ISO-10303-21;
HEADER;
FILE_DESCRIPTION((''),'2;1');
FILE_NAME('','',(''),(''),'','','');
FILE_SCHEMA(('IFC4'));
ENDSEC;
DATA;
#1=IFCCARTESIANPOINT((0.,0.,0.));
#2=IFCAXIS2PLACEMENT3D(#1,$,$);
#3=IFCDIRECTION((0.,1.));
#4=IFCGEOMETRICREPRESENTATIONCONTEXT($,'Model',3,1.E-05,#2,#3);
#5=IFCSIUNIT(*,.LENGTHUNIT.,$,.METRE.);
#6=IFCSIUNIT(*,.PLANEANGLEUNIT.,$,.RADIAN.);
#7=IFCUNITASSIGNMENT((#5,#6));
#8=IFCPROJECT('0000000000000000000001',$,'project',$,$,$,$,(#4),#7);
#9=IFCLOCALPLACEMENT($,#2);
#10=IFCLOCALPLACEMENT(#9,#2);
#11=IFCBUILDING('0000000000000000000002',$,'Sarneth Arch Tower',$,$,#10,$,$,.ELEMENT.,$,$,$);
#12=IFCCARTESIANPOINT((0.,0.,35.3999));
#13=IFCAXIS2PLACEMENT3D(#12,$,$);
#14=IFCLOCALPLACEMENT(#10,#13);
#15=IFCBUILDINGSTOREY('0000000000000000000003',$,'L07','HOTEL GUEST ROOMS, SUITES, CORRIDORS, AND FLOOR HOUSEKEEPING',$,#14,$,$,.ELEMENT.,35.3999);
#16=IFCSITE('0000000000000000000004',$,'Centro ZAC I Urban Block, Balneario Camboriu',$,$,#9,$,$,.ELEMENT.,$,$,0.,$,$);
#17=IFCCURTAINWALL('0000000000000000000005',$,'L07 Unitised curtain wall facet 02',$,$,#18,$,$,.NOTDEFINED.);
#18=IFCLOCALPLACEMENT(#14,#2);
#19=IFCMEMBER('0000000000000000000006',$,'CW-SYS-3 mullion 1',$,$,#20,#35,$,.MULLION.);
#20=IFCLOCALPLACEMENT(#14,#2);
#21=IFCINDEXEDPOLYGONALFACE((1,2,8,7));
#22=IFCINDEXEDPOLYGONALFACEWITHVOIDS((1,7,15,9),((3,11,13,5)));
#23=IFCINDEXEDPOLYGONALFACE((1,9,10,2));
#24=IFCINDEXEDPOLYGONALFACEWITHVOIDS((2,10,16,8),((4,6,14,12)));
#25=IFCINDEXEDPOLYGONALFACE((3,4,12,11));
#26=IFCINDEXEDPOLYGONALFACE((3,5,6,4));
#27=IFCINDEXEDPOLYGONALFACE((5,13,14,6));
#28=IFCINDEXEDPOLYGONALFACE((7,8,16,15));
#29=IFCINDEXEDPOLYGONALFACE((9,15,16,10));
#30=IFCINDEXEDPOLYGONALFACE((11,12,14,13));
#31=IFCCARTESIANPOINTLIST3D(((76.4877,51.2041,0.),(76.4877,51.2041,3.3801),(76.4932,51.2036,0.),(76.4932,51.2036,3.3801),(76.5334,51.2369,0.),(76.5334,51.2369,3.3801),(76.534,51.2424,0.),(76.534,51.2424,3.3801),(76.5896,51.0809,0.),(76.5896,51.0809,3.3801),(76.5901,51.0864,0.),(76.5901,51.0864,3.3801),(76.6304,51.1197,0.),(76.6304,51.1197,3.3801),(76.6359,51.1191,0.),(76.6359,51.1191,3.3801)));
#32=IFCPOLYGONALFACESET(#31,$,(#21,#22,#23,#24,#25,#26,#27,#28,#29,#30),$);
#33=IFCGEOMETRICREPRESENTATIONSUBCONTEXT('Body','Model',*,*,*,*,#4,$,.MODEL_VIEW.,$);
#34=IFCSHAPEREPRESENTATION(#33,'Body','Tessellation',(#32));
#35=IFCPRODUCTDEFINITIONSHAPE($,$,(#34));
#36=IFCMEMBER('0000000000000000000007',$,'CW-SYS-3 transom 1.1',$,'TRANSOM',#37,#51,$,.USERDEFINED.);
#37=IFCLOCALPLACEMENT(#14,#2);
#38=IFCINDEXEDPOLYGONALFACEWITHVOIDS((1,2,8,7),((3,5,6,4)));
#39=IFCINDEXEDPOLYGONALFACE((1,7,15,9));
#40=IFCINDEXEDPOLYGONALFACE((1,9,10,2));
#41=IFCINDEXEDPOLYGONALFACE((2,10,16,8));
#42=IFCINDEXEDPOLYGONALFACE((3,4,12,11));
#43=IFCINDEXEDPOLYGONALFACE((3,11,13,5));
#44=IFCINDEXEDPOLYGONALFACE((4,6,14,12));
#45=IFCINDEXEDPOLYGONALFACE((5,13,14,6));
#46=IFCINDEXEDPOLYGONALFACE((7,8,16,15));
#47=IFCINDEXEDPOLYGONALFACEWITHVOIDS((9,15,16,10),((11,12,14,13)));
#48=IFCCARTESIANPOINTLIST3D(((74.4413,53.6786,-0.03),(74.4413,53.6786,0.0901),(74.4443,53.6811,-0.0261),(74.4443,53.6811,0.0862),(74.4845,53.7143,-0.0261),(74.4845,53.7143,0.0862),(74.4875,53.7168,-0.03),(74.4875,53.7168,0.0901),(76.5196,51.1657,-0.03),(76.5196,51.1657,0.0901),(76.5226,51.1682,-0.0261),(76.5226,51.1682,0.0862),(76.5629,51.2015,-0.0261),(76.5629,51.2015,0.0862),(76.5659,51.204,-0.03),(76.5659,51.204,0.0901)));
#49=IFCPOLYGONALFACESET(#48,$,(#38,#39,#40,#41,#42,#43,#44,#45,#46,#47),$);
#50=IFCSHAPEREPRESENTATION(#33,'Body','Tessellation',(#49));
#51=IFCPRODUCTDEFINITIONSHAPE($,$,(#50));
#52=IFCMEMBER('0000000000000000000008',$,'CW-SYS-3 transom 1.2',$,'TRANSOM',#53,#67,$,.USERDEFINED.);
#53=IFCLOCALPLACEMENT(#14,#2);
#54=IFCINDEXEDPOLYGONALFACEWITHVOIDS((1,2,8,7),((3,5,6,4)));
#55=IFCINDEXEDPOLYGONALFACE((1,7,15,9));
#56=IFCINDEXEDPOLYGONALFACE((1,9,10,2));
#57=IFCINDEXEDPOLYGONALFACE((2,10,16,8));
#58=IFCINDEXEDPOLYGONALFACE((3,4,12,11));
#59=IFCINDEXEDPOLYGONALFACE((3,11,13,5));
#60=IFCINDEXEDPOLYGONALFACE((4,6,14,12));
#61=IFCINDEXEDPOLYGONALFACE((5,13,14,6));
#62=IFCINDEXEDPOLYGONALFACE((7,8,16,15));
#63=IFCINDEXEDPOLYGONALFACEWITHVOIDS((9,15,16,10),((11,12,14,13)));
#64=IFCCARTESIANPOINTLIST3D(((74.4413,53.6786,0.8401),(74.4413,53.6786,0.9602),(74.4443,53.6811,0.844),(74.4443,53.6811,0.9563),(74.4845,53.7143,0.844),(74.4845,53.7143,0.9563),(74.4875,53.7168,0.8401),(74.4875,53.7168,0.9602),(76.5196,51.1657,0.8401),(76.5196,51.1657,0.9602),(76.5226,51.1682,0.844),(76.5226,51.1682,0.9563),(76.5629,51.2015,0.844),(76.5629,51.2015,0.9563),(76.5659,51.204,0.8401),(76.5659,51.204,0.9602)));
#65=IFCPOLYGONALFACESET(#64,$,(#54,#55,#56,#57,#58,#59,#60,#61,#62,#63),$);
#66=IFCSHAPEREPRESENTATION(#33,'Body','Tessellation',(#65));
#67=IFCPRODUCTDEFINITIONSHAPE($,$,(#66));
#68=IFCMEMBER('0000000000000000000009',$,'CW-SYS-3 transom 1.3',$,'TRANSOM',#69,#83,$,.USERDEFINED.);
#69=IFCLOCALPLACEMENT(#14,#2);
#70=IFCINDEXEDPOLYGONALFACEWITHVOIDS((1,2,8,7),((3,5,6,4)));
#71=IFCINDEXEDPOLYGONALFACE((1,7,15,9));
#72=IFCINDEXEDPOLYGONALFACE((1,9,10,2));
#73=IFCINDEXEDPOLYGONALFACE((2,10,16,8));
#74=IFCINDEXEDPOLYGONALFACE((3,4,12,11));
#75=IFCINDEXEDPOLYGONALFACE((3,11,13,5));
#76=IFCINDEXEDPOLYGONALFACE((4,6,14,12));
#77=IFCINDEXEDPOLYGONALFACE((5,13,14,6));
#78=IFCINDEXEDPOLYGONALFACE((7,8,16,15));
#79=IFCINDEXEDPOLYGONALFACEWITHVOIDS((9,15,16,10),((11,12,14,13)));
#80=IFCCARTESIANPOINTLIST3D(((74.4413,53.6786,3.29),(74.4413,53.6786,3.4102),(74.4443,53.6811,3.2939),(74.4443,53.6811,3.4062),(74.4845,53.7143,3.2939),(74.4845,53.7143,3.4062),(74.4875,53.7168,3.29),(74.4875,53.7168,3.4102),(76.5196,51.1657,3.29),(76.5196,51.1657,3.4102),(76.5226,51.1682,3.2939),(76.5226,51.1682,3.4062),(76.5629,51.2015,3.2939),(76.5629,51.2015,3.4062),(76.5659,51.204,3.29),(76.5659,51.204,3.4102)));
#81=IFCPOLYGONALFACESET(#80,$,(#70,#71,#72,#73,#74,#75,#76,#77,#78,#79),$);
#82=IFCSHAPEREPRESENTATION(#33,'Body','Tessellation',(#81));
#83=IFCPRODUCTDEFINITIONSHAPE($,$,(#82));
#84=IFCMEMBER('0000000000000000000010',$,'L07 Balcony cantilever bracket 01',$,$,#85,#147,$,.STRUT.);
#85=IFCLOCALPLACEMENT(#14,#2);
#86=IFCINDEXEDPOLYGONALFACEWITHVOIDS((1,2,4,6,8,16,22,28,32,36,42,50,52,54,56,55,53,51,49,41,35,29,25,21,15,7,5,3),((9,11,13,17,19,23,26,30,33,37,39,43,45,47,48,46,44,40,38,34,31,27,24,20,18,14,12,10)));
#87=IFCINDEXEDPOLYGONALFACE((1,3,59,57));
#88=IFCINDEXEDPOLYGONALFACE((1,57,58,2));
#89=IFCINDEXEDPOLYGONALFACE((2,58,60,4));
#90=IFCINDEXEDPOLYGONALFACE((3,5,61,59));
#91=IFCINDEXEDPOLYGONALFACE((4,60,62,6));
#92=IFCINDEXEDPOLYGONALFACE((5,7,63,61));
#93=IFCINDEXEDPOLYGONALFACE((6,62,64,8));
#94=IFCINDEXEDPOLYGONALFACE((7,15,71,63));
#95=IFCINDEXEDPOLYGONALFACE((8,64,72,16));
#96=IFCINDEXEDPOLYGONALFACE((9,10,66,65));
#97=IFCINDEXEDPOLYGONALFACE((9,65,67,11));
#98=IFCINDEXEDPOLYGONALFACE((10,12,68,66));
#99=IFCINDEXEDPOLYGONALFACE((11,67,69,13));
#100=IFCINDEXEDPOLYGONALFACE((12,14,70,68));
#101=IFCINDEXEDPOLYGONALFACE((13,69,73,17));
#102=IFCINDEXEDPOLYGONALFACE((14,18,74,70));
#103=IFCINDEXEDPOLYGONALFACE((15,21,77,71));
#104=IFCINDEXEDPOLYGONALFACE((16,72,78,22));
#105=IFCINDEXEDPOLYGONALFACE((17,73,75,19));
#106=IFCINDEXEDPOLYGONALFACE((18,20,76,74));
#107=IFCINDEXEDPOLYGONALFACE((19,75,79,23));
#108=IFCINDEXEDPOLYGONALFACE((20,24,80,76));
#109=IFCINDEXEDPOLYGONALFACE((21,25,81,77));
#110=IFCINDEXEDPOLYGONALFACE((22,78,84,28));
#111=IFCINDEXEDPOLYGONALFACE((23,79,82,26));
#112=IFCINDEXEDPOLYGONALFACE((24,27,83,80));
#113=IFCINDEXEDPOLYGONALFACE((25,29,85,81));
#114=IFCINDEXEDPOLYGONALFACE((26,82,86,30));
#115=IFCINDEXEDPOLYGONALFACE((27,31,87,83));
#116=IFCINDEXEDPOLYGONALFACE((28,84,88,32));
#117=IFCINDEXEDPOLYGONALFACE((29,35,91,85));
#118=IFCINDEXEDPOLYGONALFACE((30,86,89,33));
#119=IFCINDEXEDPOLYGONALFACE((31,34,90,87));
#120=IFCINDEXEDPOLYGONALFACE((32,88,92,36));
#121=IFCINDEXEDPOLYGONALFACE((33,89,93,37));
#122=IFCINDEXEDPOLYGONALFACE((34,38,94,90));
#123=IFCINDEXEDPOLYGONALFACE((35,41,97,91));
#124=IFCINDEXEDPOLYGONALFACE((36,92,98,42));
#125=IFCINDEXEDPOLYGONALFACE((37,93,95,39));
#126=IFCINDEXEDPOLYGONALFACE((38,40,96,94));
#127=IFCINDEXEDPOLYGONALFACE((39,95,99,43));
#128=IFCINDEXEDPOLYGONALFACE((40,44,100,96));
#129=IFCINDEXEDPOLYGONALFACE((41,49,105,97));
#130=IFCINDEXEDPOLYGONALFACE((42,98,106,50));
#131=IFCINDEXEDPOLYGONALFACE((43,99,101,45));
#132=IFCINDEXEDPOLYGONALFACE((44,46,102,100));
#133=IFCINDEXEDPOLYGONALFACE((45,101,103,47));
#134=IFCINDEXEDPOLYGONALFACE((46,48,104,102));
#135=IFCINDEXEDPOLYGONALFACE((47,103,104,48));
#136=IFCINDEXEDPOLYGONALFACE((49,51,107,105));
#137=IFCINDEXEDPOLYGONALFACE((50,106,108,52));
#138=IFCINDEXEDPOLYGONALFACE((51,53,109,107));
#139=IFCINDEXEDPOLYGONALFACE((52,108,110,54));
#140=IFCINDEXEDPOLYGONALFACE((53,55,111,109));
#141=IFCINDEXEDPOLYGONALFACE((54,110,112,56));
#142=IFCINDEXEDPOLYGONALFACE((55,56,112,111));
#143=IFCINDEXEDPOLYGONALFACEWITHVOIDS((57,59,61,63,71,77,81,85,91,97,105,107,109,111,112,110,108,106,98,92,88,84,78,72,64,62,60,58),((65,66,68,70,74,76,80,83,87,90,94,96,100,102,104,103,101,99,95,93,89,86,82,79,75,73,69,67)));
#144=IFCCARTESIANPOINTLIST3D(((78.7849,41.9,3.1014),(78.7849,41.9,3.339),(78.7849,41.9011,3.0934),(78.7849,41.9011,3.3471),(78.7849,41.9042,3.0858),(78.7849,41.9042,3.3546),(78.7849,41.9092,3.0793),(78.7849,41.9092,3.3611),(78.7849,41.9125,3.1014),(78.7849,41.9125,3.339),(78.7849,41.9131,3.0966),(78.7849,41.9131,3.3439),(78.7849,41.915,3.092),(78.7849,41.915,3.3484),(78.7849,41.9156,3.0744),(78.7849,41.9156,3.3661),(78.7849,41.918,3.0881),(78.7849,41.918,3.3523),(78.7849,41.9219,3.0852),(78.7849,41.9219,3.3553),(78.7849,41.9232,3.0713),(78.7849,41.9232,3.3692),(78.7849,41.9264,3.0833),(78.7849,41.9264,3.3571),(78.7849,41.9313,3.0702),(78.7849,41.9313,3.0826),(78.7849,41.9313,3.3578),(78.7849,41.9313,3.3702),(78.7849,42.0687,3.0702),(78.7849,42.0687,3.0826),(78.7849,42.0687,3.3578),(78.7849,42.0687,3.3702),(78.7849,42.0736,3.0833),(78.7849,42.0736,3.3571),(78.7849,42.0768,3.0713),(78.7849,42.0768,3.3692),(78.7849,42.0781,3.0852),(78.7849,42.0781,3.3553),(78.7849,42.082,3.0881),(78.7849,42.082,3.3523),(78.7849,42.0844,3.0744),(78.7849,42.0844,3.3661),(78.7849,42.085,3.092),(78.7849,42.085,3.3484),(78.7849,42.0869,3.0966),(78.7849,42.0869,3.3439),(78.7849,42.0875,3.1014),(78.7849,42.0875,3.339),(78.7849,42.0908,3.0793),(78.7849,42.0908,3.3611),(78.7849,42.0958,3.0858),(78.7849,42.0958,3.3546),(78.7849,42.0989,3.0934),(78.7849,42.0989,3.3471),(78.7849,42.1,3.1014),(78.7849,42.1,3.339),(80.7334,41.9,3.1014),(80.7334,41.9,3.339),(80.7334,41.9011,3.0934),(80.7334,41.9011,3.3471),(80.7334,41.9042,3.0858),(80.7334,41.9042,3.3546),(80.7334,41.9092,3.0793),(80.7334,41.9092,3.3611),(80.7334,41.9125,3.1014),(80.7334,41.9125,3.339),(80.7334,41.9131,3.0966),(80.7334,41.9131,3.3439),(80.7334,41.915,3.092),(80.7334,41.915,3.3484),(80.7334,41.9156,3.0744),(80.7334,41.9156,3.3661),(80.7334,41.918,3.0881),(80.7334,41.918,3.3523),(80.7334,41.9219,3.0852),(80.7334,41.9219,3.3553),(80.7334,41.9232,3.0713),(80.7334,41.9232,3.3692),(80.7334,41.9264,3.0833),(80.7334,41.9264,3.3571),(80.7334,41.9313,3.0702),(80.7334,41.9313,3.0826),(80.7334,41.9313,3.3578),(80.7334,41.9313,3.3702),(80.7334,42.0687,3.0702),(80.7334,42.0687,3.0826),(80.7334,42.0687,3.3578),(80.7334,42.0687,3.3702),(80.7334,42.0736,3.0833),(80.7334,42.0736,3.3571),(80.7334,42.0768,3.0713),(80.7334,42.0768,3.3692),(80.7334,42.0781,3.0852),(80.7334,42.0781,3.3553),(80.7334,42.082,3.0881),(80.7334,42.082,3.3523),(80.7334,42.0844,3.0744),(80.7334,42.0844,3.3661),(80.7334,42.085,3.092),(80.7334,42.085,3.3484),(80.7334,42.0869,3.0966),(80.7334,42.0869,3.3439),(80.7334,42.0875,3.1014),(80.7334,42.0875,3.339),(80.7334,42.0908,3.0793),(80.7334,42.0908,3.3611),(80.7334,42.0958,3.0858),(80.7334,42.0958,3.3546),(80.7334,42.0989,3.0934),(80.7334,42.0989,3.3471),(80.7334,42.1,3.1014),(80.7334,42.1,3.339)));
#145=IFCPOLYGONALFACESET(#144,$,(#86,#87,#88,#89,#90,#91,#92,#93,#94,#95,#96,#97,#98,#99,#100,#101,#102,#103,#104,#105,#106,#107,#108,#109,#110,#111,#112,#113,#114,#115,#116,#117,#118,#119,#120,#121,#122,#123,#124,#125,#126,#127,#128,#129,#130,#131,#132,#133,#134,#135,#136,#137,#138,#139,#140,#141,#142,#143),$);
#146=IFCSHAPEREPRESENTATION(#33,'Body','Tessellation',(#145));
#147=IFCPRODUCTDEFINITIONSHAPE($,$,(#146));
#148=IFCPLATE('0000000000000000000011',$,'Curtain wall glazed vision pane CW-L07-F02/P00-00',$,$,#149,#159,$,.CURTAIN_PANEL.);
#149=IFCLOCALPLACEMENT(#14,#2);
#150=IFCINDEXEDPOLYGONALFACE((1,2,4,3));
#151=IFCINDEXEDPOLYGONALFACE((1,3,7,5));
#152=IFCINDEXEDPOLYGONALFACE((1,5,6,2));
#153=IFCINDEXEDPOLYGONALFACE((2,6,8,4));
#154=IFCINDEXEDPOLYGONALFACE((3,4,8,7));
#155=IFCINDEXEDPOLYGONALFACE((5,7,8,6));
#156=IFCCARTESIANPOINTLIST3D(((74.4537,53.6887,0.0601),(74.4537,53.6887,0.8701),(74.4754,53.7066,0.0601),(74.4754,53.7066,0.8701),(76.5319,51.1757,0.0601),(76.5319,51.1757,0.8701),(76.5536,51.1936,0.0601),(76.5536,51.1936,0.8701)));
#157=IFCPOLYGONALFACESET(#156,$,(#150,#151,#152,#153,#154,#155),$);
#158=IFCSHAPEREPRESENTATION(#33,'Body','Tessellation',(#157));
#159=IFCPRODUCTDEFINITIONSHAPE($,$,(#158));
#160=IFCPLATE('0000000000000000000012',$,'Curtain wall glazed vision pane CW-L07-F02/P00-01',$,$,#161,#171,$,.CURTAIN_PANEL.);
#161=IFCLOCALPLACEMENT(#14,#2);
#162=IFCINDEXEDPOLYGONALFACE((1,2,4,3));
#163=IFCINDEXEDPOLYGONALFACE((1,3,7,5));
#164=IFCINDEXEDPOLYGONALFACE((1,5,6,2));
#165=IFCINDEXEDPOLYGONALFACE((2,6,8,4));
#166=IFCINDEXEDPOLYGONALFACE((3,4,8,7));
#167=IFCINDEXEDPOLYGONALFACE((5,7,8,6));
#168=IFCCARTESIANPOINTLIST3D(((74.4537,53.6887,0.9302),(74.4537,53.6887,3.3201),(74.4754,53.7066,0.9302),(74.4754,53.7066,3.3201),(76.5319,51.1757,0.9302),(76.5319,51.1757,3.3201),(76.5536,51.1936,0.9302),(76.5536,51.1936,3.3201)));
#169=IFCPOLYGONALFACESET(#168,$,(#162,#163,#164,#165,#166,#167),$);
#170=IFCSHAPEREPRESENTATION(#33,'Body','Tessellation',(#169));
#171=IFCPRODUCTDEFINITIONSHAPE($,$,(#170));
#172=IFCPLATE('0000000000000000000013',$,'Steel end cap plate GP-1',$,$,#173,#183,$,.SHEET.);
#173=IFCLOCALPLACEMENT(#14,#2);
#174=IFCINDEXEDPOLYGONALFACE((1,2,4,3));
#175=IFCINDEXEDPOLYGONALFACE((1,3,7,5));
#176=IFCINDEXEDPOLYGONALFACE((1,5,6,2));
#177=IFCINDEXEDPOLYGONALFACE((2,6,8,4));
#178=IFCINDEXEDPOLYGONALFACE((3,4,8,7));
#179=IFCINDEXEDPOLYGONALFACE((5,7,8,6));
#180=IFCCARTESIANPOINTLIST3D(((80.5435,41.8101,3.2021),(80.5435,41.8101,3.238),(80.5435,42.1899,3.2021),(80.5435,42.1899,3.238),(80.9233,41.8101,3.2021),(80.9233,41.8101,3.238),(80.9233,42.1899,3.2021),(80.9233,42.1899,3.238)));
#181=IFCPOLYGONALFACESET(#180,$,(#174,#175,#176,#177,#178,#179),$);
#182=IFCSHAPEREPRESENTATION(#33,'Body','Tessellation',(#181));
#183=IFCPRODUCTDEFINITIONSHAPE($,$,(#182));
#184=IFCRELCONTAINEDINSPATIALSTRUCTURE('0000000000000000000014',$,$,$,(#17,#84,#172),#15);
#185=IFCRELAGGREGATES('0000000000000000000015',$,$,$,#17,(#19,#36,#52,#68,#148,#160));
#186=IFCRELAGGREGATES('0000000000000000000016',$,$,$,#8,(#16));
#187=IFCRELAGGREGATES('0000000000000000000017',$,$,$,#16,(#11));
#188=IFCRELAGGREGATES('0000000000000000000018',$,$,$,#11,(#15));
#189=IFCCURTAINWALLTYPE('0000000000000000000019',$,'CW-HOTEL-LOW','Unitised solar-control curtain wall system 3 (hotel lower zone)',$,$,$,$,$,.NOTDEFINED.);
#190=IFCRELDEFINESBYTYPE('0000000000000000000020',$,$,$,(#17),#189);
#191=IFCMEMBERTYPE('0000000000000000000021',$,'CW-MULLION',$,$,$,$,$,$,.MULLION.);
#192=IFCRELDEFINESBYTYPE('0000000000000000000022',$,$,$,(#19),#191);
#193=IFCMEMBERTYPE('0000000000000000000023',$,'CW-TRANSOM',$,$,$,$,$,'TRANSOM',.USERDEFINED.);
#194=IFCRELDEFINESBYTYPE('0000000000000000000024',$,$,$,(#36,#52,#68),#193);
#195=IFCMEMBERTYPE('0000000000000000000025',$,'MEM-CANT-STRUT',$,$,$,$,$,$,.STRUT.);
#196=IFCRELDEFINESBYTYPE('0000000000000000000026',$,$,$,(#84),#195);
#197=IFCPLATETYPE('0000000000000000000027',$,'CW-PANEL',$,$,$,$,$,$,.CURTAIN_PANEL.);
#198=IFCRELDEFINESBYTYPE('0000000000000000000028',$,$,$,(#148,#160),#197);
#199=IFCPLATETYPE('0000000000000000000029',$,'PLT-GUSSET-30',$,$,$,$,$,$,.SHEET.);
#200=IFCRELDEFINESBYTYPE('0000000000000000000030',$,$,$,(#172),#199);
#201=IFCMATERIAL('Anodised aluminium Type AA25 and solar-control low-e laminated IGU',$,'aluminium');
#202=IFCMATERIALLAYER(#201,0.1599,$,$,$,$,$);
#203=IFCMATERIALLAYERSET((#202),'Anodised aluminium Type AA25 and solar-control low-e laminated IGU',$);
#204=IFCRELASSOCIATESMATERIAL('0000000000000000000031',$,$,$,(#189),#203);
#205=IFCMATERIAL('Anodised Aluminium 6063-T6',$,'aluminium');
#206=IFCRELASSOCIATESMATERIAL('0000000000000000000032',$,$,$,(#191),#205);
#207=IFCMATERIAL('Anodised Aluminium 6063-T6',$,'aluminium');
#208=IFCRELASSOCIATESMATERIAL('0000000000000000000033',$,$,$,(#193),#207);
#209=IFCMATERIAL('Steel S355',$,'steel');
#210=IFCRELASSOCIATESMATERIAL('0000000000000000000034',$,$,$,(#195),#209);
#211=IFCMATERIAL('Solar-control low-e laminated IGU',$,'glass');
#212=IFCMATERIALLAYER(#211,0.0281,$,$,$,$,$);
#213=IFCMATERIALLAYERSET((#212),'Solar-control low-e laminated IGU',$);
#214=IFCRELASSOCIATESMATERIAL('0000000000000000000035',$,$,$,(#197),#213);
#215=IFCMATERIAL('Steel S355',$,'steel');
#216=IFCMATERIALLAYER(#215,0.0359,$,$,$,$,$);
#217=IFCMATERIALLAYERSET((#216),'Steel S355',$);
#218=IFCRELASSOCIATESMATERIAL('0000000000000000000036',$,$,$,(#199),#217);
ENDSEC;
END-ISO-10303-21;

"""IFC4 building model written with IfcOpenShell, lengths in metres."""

from ifc_helpers import new_model, si_unit, direction, frame, origin, origin_2d, place, context, subcontext, project, spatial, rectangle, hollow_rectangle, extrude, material, layer, layer_set, material_profile, profile_set, type_object, element, aggregate, save


model = new_model("IFC4")

# Units and contexts
model_context = context("Model", 3, precision=1e-05, world=origin(), true_north=direction((0.0, 1.0)))
body_context = subcontext(model_context, "Body", "Model", "MODEL_VIEW")
ifc_project = project(units=[si_unit("LENGTHUNIT", "METRE"), si_unit("PLANEANGLEUNIT", "RADIAN")], contexts=[model_context])

# Site, building, storey
site_placement = place(None, origin())
site = spatial("IfcSite", under=ifc_project, at=site_placement, Name="Centro ZAC I Urban Block, Balneario Camboriu", CompositionType="ELEMENT", RefElevation=0.0)
building_placement = place(site_placement, origin())
building = spatial("IfcBuilding", under=site, at=building_placement, Name="Sarneth Arch Tower", CompositionType="ELEMENT")
storey_placement = place(building_placement, frame((0.0, 0.0, 35.3999)))
storey = spatial("IfcBuildingStorey", under=building, at=storey_placement, Name="L07", Description="HOTEL GUEST ROOMS, SUITES, CORRIDORS, AND FLOOR HOUSEKEEPING", CompositionType="ELEMENT", Elevation=35.3999)

# Curtain wall, members
ifc_material_1 = material(Name="Anodised aluminium Type AA25 and solar-control low-e laminated IGU", Category="aluminium")
ifc_layer_1 = layer(ifc_material_1, 0.1599)
ifc_layer_set_1 = layer_set([ifc_layer_1], Name="Anodised aluminium Type AA25 and solar-control low-e laminated IGU")
curtain_wall_type = type_object("IfcCurtainWallType", Name="CW-HOTEL-LOW", Description="Unitised solar-control curtain wall system 3 (hotel lower zone)", PredefinedType="NOTDEFINED", material=ifc_layer_set_1)
curtain_wall_placement = place(storey_placement, origin())
curtain_wall = element("IfcCurtainWall", 1, at=curtain_wall_placement, inside=storey, type_object=curtain_wall_type, Name="L07 Unitised curtain wall facet 02", PredefinedType="NOTDEFINED")
ifc_material_2 = material(Name="Anodised Aluminium 6063-T6", Category="aluminium")
ifc_material_profile_1 = material_profile(ifc_material_2, hollow_rectangle(XDim=0.0601, YDim=0.1599, WallThickness=0.0039, at=origin_2d()), Name="AL-MULL-160x60x4")
ifc_profile_set_1 = profile_set([ifc_material_profile_1], Name="Anodised Aluminium 6063-T6")
member_type_1 = type_object("IfcMemberType", Name="CW-MULLION", PredefinedType="MULLION", material=ifc_profile_set_1)
member_1_placement = place(storey_placement, frame((76.5618, 51.1616, 0.0), z_axis=(0.0, 0.0, 1.0), x_axis=(-0.770623, -0.637291, 0.0)))
member_1 = element("IfcMember", 2, at=member_1_placement, type_object=member_type_1, Name="CW-SYS-3 mullion 1", PredefinedType="MULLION", context=body_context, shape_type="SweptSolid", body=[
    extrude(hollow_rectangle(XDim=0.0601, YDim=0.1599, WallThickness=0.0039, at=origin_2d()), origin(), (0.0, 0.0, 1.0), 3.3801),
])
ifc_material_3 = material(Name="Anodised Aluminium 6063-T6", Category="aluminium")
ifc_material_profile_2 = material_profile(ifc_material_3, hollow_rectangle(XDim=0.0601, YDim=0.1201, WallThickness=0.0039, at=origin_2d()), Name="AL-TRAN-120x60x4")
ifc_profile_set_2 = profile_set([ifc_material_profile_2], Name="Anodised Aluminium 6063-T6")
member_type_2 = type_object("IfcMemberType", Name="CW-TRANSOM", ElementType="TRANSOM", PredefinedType="USERDEFINED", material=ifc_profile_set_2)
member_2_placement = place(storey_placement, frame((76.5427, 51.1848, 0.03), z_axis=(-0.63733, 0.770591, 0.0), x_axis=(-0.770591, -0.63733, 0.0)))
member_2 = element("IfcMember", 3, at=member_2_placement, type_object=member_type_2, Name="CW-SYS-3 transom 1.1", ObjectType="TRANSOM", PredefinedType="USERDEFINED", context=body_context, shape_type="SweptSolid", body=[
    extrude(hollow_rectangle(XDim=0.0601, YDim=0.1201, WallThickness=0.0039, at=origin_2d()), origin(), (0.0, 0.0, 1.0), 3.261),
])
member_3_placement = place(storey_placement, frame((76.5427, 51.1848, 0.9001), z_axis=(-0.63733, 0.770591, 0.0), x_axis=(-0.770591, -0.63733, 0.0)))
member_3 = element("IfcMember", 4, at=member_3_placement, type_object=member_type_2, Name="CW-SYS-3 transom 1.2", ObjectType="TRANSOM", PredefinedType="USERDEFINED", context=body_context, shape_type="SweptSolid", body=[
    extrude(hollow_rectangle(XDim=0.0601, YDim=0.1201, WallThickness=0.0039, at=origin_2d()), origin(), (0.0, 0.0, 1.0), 3.261),
])
member_4_placement = place(storey_placement, frame((76.5427, 51.1848, 3.3501), z_axis=(-0.63733, 0.770591, 0.0), x_axis=(-0.770591, -0.63733, 0.0)))
member_4 = element("IfcMember", 5, at=member_4_placement, type_object=member_type_2, Name="CW-SYS-3 transom 1.3", ObjectType="TRANSOM", PredefinedType="USERDEFINED", context=body_context, shape_type="SweptSolid", body=[
    extrude(hollow_rectangle(XDim=0.0601, YDim=0.1201, WallThickness=0.0039, at=origin_2d()), origin(), (0.0, 0.0, 1.0), 3.261),
])

# Member
ifc_material_4 = material(Name="Steel S355", Category="steel")
ifc_material_profile_3 = material_profile(ifc_material_4, hollow_rectangle(XDim=0.2, YDim=0.3, WallThickness=0.0125, InnerFilletRadius=0.0188, OuterFilletRadius=0.0312, at=origin_2d()), Name="RHS300x200x12.5")
ifc_profile_set_3 = profile_set([ifc_material_profile_3], Name="Steel S355")
member_type_3 = type_object("IfcMemberType", Name="MEM-CANT-STRUT", PredefinedType="STRUT", material=ifc_profile_set_3)
member_5_placement = place(storey_placement, frame((78.7849, 42.0, 3.2202), z_axis=(1.0, 0.0, 0.0), x_axis=(0.0, 1.0, 0.0)))
element("IfcMember", 6, at=member_5_placement, inside=storey, type_object=member_type_3, Name="L07 Balcony cantilever bracket 01", PredefinedType="STRUT", context=body_context, shape_type="SweptSolid", body=[
    extrude(hollow_rectangle(XDim=0.2, YDim=0.3, WallThickness=0.0125, InnerFilletRadius=0.0188, OuterFilletRadius=0.0312, at=origin_2d()), origin(), (0.0, 0.0, 1.0), 1.9485),
])

# Plates
ifc_material_5 = material(Name="Solar-control low-e laminated IGU", Category="glass")
ifc_layer_2 = layer(ifc_material_5, 0.0281)
ifc_layer_set_2 = layer_set([ifc_layer_2], Name="Solar-control low-e laminated IGU")
plate_type_1 = type_object("IfcPlateType", Name="CW-PANEL", PredefinedType="CURTAIN_PANEL", material=ifc_layer_set_2)
plate_1_placement = place(storey_placement, frame((75.5037, 52.4412, 0.0601), z_axis=(0.0, 0.0, 1.0), x_axis=(-0.637291, 0.770623, 0.0)))
plate_1 = element("IfcPlate", 7, at=plate_1_placement, type_object=plate_type_1, Name="Curtain wall glazed vision pane CW-L07-F02/P00-00", PredefinedType="CURTAIN_PANEL", context=body_context, shape_type="SweptSolid", body=[
    extrude(rectangle(XDim=3.261, YDim=0.0281, at=origin_2d()), origin(), (0.0, 0.0, 1.0), 0.8101),
])
plate_2_placement = place(storey_placement, frame((75.5037, 52.4412, 0.9302), z_axis=(0.0, 0.0, 1.0), x_axis=(-0.637291, 0.770623, 0.0)))
plate_2 = element("IfcPlate", 8, at=plate_2_placement, type_object=plate_type_1, Name="Curtain wall glazed vision pane CW-L07-F02/P00-01", PredefinedType="CURTAIN_PANEL", context=body_context, shape_type="SweptSolid", body=[
    extrude(rectangle(XDim=3.261, YDim=0.0281, at=origin_2d()), origin(), (0.0, 0.0, 1.0), 2.3899),
])
aggregate(curtain_wall, [member_1, member_2, member_3, member_4, plate_1, plate_2])

# Plate
ifc_material_6 = material(Name="Steel S355", Category="steel")
ifc_layer_3 = layer(ifc_material_6, 0.0359)
ifc_layer_set_3 = layer_set([ifc_layer_3], Name="Steel S355")
plate_type_2 = type_object("IfcPlateType", Name="PLT-GUSSET-30", PredefinedType="SHEET", material=ifc_layer_set_3)
plate_3_placement = place(storey_placement, frame((80.7334, 42.0, 3.2021), z_axis=(0.0, 0.0, 1.0), x_axis=(1.0, 0.0, 0.0)))
element("IfcPlate", 9, at=plate_3_placement, inside=storey, type_object=plate_type_2, Name="Steel end cap plate GP-1", PredefinedType="SHEET", context=body_context, shape_type="SweptSolid", body=[
    extrude(rectangle(XDim=0.3799, YDim=0.3799, at=origin_2d()), origin(), (0.0, 0.0, 1.0), 0.0359),
])

save(model, "model.ifc")
